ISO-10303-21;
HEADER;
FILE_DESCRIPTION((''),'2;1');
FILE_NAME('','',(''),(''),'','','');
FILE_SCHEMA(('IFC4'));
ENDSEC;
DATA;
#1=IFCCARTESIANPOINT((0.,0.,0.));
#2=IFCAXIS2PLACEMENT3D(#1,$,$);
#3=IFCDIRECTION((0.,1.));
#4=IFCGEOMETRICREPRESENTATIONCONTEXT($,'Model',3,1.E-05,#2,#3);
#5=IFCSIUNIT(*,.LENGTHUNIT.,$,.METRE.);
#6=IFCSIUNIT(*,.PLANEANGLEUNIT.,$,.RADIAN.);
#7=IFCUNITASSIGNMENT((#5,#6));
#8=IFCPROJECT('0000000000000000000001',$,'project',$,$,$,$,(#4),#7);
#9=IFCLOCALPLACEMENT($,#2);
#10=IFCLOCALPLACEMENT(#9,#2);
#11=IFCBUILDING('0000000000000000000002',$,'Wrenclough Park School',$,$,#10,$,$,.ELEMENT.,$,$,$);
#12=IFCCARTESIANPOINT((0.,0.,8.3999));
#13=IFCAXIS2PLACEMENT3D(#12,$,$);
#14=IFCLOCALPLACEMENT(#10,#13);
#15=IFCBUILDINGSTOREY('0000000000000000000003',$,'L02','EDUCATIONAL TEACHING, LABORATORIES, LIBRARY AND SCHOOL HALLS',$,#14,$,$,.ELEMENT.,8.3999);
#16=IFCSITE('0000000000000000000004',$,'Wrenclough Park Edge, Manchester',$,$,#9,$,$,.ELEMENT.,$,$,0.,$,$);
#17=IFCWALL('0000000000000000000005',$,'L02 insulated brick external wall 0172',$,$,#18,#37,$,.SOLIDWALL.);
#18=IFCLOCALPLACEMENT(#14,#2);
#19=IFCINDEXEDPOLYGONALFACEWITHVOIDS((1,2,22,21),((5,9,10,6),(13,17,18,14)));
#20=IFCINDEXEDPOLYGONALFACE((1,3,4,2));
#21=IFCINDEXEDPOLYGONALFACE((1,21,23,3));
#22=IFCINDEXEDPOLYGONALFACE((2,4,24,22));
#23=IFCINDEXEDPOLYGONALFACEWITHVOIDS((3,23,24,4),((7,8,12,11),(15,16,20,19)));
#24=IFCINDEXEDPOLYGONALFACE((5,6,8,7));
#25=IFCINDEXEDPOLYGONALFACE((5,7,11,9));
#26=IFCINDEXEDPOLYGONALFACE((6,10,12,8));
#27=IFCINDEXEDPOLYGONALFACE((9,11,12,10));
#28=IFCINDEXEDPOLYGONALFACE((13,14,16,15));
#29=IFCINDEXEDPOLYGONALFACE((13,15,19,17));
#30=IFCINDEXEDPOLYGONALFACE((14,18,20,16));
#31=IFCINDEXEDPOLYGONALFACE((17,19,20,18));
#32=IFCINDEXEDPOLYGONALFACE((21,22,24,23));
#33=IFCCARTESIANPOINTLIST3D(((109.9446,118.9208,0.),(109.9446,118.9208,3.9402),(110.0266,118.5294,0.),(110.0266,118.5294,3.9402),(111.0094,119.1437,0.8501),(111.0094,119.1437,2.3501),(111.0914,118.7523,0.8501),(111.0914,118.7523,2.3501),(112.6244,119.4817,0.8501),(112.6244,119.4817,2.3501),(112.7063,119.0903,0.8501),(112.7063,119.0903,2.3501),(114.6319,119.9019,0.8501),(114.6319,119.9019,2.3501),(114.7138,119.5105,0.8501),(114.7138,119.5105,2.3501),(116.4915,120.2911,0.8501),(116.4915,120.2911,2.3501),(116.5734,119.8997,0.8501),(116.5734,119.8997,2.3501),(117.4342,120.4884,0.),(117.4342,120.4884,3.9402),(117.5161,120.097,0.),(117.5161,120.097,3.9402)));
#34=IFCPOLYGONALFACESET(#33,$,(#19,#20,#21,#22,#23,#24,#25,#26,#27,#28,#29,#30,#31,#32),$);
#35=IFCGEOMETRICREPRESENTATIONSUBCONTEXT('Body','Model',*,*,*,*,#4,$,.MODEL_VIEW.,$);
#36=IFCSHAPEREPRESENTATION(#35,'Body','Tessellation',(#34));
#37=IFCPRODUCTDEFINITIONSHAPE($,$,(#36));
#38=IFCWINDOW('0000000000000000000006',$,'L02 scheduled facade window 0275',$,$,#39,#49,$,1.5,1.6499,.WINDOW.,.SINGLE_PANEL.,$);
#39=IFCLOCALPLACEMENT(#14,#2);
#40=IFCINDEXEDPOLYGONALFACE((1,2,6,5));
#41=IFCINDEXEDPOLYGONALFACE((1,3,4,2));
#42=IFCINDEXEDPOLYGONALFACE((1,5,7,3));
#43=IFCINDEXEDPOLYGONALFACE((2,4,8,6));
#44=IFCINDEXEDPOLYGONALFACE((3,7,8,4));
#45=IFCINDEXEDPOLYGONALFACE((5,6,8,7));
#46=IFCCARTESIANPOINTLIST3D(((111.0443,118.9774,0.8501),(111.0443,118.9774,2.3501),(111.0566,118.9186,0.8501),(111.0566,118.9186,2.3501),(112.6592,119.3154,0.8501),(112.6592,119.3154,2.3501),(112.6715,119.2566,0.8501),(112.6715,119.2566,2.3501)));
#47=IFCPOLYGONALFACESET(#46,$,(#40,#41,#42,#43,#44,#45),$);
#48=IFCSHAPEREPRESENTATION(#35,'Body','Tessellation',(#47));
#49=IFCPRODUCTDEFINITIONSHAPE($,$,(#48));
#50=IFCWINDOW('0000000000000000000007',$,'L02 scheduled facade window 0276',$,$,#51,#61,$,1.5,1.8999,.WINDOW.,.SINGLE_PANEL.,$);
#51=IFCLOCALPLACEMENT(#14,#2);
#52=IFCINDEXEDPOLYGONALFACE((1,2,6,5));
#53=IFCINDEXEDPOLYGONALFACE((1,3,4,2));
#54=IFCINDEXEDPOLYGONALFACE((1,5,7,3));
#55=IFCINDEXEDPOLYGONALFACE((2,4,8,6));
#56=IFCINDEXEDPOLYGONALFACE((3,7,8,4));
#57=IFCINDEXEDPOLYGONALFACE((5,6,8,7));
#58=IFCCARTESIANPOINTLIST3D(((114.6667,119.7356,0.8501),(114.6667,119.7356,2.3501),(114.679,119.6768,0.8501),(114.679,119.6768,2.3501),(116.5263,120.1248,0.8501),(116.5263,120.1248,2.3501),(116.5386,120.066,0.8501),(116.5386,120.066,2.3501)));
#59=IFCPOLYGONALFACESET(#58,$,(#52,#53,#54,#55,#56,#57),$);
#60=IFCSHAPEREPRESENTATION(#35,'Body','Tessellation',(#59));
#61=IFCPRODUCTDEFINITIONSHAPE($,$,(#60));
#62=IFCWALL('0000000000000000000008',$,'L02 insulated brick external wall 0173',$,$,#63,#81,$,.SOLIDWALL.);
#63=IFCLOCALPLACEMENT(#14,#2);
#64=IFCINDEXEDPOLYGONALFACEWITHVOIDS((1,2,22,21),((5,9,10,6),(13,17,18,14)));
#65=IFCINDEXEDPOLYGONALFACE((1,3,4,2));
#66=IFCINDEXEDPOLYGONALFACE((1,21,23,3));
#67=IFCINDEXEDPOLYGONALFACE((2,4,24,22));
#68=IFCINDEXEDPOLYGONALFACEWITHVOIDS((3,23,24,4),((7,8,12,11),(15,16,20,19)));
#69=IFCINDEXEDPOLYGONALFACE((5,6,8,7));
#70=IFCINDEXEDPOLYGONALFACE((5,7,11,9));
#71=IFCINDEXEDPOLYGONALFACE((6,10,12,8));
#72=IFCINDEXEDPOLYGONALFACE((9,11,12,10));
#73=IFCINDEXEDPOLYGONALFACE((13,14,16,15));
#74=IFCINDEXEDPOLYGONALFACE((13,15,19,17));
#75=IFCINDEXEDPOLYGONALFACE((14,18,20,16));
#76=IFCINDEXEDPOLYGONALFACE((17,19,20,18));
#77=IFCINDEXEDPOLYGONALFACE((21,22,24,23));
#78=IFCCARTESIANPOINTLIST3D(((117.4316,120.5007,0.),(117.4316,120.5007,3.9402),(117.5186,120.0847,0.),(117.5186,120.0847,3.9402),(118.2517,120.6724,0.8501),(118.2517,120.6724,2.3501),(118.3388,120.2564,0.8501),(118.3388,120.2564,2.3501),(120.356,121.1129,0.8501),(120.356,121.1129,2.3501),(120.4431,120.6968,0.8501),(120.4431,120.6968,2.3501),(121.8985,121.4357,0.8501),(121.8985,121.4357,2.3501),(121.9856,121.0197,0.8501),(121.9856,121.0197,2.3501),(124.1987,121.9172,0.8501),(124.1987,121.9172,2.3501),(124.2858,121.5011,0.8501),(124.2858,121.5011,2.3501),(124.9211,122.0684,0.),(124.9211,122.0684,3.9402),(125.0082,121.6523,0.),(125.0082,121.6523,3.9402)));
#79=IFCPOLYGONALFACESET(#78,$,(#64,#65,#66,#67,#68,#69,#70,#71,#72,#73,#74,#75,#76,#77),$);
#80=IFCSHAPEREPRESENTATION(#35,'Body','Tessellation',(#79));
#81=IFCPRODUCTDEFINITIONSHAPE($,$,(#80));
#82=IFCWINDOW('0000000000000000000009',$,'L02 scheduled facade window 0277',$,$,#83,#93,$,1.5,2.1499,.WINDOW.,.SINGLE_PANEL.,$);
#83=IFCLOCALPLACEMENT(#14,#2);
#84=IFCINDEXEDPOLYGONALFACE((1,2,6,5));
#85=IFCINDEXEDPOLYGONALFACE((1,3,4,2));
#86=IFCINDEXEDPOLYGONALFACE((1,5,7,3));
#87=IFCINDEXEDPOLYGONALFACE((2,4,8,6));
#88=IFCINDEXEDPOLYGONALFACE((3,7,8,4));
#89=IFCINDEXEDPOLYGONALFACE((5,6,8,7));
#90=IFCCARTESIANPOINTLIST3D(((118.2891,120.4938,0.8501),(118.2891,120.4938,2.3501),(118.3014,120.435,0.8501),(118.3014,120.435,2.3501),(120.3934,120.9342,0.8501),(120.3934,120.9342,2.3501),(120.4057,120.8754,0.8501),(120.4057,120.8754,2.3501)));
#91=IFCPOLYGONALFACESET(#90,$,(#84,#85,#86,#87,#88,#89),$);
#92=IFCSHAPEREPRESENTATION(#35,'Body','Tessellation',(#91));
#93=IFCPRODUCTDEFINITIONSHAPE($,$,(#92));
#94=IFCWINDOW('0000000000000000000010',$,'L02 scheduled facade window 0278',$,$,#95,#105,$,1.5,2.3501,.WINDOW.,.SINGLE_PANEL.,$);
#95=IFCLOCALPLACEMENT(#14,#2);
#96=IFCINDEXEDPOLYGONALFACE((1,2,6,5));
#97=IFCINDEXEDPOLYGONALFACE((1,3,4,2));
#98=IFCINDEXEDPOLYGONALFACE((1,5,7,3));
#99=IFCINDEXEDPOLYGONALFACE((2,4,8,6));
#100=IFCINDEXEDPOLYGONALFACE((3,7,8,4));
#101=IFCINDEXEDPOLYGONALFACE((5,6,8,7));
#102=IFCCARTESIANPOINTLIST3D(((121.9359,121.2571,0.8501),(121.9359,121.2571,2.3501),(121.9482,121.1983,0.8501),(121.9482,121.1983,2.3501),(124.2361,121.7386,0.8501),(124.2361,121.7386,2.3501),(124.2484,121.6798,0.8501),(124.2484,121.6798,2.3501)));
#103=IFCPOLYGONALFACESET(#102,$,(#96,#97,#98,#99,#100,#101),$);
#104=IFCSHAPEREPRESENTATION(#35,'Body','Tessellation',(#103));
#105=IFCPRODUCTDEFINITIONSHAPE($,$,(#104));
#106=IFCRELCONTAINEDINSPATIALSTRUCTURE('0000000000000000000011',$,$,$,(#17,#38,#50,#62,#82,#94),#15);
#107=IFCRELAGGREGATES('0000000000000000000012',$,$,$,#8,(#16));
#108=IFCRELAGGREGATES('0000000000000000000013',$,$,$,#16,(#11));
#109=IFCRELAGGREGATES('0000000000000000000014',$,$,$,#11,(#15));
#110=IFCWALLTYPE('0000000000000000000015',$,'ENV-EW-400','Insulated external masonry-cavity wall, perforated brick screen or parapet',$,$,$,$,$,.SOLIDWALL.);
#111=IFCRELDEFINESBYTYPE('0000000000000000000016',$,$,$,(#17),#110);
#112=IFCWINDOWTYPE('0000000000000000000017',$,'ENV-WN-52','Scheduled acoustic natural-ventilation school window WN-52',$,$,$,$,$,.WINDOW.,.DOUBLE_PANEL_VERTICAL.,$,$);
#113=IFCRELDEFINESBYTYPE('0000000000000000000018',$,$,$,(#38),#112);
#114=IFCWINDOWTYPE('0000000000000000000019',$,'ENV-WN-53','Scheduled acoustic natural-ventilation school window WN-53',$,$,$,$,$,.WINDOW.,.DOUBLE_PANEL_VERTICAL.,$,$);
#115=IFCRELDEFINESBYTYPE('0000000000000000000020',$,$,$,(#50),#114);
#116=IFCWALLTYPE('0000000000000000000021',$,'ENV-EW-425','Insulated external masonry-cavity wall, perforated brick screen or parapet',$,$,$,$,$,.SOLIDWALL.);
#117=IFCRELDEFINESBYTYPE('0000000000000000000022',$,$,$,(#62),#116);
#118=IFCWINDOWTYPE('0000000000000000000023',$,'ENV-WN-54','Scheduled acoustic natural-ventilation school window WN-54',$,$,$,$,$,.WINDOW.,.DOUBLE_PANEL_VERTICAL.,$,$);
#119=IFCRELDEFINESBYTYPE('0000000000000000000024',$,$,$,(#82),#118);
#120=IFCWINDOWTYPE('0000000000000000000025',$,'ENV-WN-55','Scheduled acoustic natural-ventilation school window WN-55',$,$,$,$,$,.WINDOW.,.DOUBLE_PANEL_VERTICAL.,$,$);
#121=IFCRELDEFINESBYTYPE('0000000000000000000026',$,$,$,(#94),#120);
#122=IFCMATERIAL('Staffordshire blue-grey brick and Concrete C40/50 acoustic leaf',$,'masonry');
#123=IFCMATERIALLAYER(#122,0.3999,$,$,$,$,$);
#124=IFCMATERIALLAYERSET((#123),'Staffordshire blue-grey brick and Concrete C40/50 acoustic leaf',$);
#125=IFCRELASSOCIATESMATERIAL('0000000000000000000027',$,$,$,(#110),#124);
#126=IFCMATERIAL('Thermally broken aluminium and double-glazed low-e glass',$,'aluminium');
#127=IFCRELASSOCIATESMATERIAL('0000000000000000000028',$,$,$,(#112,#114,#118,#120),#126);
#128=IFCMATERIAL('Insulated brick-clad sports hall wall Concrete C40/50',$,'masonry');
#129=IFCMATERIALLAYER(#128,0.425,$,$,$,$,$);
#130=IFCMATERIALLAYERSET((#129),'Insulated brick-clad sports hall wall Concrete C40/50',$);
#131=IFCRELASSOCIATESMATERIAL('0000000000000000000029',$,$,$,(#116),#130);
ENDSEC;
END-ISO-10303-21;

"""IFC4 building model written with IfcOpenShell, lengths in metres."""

from ifc_helpers import new_model, si_unit, direction, frame, frame_2d, origin, place, context, subcontext, project, spatial, rectangle, extrude, material, layer, layer_set, type_object, element, fill, save


model = new_model("IFC4")

# Units and contexts
model_context = context("Model", 3, precision=1e-05, world=origin(), true_north=direction((0.0, 1.0)))
body_context = subcontext(model_context, "Body", "Model", "MODEL_VIEW")
ifc_project = project(units=[si_unit("LENGTHUNIT", "METRE"), si_unit("PLANEANGLEUNIT", "RADIAN")], contexts=[model_context])

# Site, building, storey
site_placement = place(None, origin())
site = spatial("IfcSite", under=ifc_project, at=site_placement, Name="Wrenclough Park Edge, Manchester", CompositionType="ELEMENT", RefElevation=0.0)
building_placement = place(site_placement, origin())
building = spatial("IfcBuilding", under=site, at=building_placement, Name="Wrenclough Park School", CompositionType="ELEMENT")
storey_placement = place(building_placement, frame((0.0, 0.0, 8.3999)))
storey = spatial("IfcBuildingStorey", under=building, at=storey_placement, Name="L02", Description="EDUCATIONAL TEACHING, LABORATORIES, LIBRARY AND SCHOOL HALLS", CompositionType="ELEMENT", Elevation=8.3999)

# Walls, openings, windows
ifc_material_1 = material(Name="Thermally broken aluminium and double-glazed low-e glass", Category="aluminium")
ifc_material_2 = material(Name="Staffordshire blue-grey brick and Concrete C40/50 acoustic leaf", Category="masonry")
ifc_layer_1 = layer(ifc_material_2, 0.3999)
ifc_layer_set_1 = layer_set([ifc_layer_1], Name="Staffordshire blue-grey brick and Concrete C40/50 acoustic leaf")
wall_type_1 = type_object("IfcWallType", Name="ENV-EW-400", Description="Insulated external masonry-cavity wall, perforated brick screen or parapet", PredefinedType="SOLIDWALL", material=ifc_layer_set_1)
wall_1_placement = place(storey_placement, frame((109.9856, 118.7251, 0.0), z_axis=(0.0, 0.0, 1.0), x_axis=(0.978789, 0.20487, 0.0)))
wall_1 = element("IfcWall", 1, at=wall_1_placement, inside=storey, type_object=wall_type_1, Name="L02 insulated brick external wall 0172", PredefinedType="SOLIDWALL", context=body_context, shape_type="SweptSolid", body=[
    extrude(rectangle(XDim=7.6519, YDim=0.3999, at=frame_2d((3.8259, 0.0))), origin(), (0.0, 0.0, 1.0), 3.9402),
])
opening_1_placement = place(wall_1_placement, frame((1.0879, 0.0, 0.8501)))
opening_1 = element("IfcOpeningElement", 2, at=opening_1_placement, cuts=wall_1, PredefinedType="OPENING", context=body_context, shape_type="SweptSolid", body=[
    extrude(rectangle(XDim=1.6499, YDim=1.5, at=frame_2d((0.825, 0.75))), frame((0.0, 0.21, 0.0), z_axis=(0.0, -1.0, 0.0), x_axis=(1.0, 0.0, 0.0)), (0.0, 0.0, 1.0), 0.4199),
])
opening_2_placement = place(wall_1_placement, frame((4.7888, 0.0, 0.8501)))
opening_2 = element("IfcOpeningElement", 3, at=opening_2_placement, cuts=wall_1, PredefinedType="OPENING", context=body_context, shape_type="SweptSolid", body=[
    extrude(rectangle(XDim=1.8999, YDim=1.5, at=frame_2d((0.95, 0.75))), frame((0.0, 0.21, 0.0), z_axis=(0.0, -1.0, 0.0), x_axis=(1.0, 0.0, 0.0)), (0.0, 0.0, 1.0), 0.4199),
])
window_type_1 = type_object("IfcWindowType", Name="ENV-WN-52", Description="Scheduled acoustic natural-ventilation school window WN-52", PartitioningType="DOUBLE_PANEL_VERTICAL", PredefinedType="WINDOW", material=ifc_material_1)
window_1_placement = place(opening_1_placement, origin())
window_1 = element("IfcWindow", 4, at=window_1_placement, inside=storey, type_object=window_type_1, Name="L02 scheduled facade window 0275", OverallHeight=1.5, OverallWidth=1.6499, PartitioningType="SINGLE_PANEL", PredefinedType="WINDOW", context=body_context, shape_type="SweptSolid", body=[
    extrude(rectangle(XDim=1.6499, YDim=1.5, at=frame_2d((0.825, 0.75))), frame((0.0, 0.03, 0.0), z_axis=(0.0, -1.0, 0.0), x_axis=(1.0, 0.0, 0.0)), (0.0, 0.0, 1.0), 0.0601),
])
fill(opening_1, window_1)
window_type_2 = type_object("IfcWindowType", Name="ENV-WN-53", Description="Scheduled acoustic natural-ventilation school window WN-53", PartitioningType="DOUBLE_PANEL_VERTICAL", PredefinedType="WINDOW", material=ifc_material_1)
window_2_placement = place(opening_2_placement, origin())
window_2 = element("IfcWindow", 5, at=window_2_placement, inside=storey, type_object=window_type_2, Name="L02 scheduled facade window 0276", OverallHeight=1.5, OverallWidth=1.8999, PartitioningType="SINGLE_PANEL", PredefinedType="WINDOW", context=body_context, shape_type="SweptSolid", body=[
    extrude(rectangle(XDim=1.8999, YDim=1.5, at=frame_2d((0.95, 0.75))), frame((0.0, 0.03, 0.0), z_axis=(0.0, -1.0, 0.0), x_axis=(1.0, 0.0, 0.0)), (0.0, 0.0, 1.0), 0.0601),
])
fill(opening_2, window_2)
ifc_material_3 = material(Name="Insulated brick-clad sports hall wall Concrete C40/50", Category="masonry")
ifc_layer_2 = layer(ifc_material_3, 0.425)
ifc_layer_set_2 = layer_set([ifc_layer_2], Name="Insulated brick-clad sports hall wall Concrete C40/50")
wall_type_2 = type_object("IfcWallType", Name="ENV-EW-425", Description="Insulated external masonry-cavity wall, perforated brick screen or parapet", PredefinedType="SOLIDWALL", material=ifc_layer_set_2)
wall_2_placement = place(storey_placement, frame((117.4751, 120.2927, 0.0), z_axis=(0.0, 0.0, 1.0), x_axis=(0.978789, 0.20487, 0.0)))
wall_2 = element("IfcWall", 6, at=wall_2_placement, inside=storey, type_object=wall_type_2, Name="L02 insulated brick external wall 0173", PredefinedType="SOLIDWALL", context=body_context, shape_type="SweptSolid", body=[
    extrude(rectangle(XDim=7.6519, YDim=0.425, at=frame_2d((3.8259, 0.0))), origin(), (0.0, 0.0, 1.0), 3.9402),
])
opening_3_placement = place(wall_2_placement, frame((0.8379, 0.0, 0.8501)))
opening_3 = element("IfcOpeningElement", 7, at=opening_3_placement, cuts=wall_2, PredefinedType="OPENING", context=body_context, shape_type="SweptSolid", body=[
    extrude(rectangle(XDim=2.1499, YDim=1.5, at=frame_2d((1.075, 0.75))), frame((0.0, 0.2224, 0.0), z_axis=(0.0, -1.0, 0.0), x_axis=(1.0, 0.0, 0.0)), (0.0, 0.0, 1.0), 0.4451),
])
opening_4_placement = place(wall_2_placement, frame((4.5637, 0.0, 0.8501)))
opening_4 = element("IfcOpeningElement", 8, at=opening_4_placement, cuts=wall_2, PredefinedType="OPENING", context=body_context, shape_type="SweptSolid", body=[
    extrude(rectangle(XDim=2.3501, YDim=1.5, at=frame_2d((1.175, 0.75))), frame((0.0, 0.2224, 0.0), z_axis=(0.0, -1.0, 0.0), x_axis=(1.0, 0.0, 0.0)), (0.0, 0.0, 1.0), 0.4451),
])
window_type_3 = type_object("IfcWindowType", Name="ENV-WN-54", Description="Scheduled acoustic natural-ventilation school window WN-54", PartitioningType="DOUBLE_PANEL_VERTICAL", PredefinedType="WINDOW", material=ifc_material_1)
window_3_placement = place(opening_3_placement, origin())
window_3 = element("IfcWindow", 9, at=window_3_placement, inside=storey, type_object=window_type_3, Name="L02 scheduled facade window 0277", OverallHeight=1.5, OverallWidth=2.1499, PartitioningType="SINGLE_PANEL", PredefinedType="WINDOW", context=body_context, shape_type="SweptSolid", body=[
    extrude(rectangle(XDim=2.1499, YDim=1.5, at=frame_2d((1.075, 0.75))), frame((0.0, 0.03, 0.0), z_axis=(0.0, -1.0, 0.0), x_axis=(1.0, 0.0, 0.0)), (0.0, 0.0, 1.0), 0.0601),
])
fill(opening_3, window_3)
window_type_4 = type_object("IfcWindowType", Name="ENV-WN-55", Description="Scheduled acoustic natural-ventilation school window WN-55", PartitioningType="DOUBLE_PANEL_VERTICAL", PredefinedType="WINDOW", material=ifc_material_1)
window_4_placement = place(opening_4_placement, origin())
window_4 = element("IfcWindow", 10, at=window_4_placement, inside=storey, type_object=window_type_4, Name="L02 scheduled facade window 0278", OverallHeight=1.5, OverallWidth=2.3501, PartitioningType="SINGLE_PANEL", PredefinedType="WINDOW", context=body_context, shape_type="SweptSolid", body=[
    extrude(rectangle(XDim=2.3501, YDim=1.5, at=frame_2d((1.175, 0.75))), frame((0.0, 0.03, 0.0), z_axis=(0.0, -1.0, 0.0), x_axis=(1.0, 0.0, 0.0)), (0.0, 0.0, 1.0), 0.0601),
])
fill(opening_4, window_4)

save(model, "model.ifc")
